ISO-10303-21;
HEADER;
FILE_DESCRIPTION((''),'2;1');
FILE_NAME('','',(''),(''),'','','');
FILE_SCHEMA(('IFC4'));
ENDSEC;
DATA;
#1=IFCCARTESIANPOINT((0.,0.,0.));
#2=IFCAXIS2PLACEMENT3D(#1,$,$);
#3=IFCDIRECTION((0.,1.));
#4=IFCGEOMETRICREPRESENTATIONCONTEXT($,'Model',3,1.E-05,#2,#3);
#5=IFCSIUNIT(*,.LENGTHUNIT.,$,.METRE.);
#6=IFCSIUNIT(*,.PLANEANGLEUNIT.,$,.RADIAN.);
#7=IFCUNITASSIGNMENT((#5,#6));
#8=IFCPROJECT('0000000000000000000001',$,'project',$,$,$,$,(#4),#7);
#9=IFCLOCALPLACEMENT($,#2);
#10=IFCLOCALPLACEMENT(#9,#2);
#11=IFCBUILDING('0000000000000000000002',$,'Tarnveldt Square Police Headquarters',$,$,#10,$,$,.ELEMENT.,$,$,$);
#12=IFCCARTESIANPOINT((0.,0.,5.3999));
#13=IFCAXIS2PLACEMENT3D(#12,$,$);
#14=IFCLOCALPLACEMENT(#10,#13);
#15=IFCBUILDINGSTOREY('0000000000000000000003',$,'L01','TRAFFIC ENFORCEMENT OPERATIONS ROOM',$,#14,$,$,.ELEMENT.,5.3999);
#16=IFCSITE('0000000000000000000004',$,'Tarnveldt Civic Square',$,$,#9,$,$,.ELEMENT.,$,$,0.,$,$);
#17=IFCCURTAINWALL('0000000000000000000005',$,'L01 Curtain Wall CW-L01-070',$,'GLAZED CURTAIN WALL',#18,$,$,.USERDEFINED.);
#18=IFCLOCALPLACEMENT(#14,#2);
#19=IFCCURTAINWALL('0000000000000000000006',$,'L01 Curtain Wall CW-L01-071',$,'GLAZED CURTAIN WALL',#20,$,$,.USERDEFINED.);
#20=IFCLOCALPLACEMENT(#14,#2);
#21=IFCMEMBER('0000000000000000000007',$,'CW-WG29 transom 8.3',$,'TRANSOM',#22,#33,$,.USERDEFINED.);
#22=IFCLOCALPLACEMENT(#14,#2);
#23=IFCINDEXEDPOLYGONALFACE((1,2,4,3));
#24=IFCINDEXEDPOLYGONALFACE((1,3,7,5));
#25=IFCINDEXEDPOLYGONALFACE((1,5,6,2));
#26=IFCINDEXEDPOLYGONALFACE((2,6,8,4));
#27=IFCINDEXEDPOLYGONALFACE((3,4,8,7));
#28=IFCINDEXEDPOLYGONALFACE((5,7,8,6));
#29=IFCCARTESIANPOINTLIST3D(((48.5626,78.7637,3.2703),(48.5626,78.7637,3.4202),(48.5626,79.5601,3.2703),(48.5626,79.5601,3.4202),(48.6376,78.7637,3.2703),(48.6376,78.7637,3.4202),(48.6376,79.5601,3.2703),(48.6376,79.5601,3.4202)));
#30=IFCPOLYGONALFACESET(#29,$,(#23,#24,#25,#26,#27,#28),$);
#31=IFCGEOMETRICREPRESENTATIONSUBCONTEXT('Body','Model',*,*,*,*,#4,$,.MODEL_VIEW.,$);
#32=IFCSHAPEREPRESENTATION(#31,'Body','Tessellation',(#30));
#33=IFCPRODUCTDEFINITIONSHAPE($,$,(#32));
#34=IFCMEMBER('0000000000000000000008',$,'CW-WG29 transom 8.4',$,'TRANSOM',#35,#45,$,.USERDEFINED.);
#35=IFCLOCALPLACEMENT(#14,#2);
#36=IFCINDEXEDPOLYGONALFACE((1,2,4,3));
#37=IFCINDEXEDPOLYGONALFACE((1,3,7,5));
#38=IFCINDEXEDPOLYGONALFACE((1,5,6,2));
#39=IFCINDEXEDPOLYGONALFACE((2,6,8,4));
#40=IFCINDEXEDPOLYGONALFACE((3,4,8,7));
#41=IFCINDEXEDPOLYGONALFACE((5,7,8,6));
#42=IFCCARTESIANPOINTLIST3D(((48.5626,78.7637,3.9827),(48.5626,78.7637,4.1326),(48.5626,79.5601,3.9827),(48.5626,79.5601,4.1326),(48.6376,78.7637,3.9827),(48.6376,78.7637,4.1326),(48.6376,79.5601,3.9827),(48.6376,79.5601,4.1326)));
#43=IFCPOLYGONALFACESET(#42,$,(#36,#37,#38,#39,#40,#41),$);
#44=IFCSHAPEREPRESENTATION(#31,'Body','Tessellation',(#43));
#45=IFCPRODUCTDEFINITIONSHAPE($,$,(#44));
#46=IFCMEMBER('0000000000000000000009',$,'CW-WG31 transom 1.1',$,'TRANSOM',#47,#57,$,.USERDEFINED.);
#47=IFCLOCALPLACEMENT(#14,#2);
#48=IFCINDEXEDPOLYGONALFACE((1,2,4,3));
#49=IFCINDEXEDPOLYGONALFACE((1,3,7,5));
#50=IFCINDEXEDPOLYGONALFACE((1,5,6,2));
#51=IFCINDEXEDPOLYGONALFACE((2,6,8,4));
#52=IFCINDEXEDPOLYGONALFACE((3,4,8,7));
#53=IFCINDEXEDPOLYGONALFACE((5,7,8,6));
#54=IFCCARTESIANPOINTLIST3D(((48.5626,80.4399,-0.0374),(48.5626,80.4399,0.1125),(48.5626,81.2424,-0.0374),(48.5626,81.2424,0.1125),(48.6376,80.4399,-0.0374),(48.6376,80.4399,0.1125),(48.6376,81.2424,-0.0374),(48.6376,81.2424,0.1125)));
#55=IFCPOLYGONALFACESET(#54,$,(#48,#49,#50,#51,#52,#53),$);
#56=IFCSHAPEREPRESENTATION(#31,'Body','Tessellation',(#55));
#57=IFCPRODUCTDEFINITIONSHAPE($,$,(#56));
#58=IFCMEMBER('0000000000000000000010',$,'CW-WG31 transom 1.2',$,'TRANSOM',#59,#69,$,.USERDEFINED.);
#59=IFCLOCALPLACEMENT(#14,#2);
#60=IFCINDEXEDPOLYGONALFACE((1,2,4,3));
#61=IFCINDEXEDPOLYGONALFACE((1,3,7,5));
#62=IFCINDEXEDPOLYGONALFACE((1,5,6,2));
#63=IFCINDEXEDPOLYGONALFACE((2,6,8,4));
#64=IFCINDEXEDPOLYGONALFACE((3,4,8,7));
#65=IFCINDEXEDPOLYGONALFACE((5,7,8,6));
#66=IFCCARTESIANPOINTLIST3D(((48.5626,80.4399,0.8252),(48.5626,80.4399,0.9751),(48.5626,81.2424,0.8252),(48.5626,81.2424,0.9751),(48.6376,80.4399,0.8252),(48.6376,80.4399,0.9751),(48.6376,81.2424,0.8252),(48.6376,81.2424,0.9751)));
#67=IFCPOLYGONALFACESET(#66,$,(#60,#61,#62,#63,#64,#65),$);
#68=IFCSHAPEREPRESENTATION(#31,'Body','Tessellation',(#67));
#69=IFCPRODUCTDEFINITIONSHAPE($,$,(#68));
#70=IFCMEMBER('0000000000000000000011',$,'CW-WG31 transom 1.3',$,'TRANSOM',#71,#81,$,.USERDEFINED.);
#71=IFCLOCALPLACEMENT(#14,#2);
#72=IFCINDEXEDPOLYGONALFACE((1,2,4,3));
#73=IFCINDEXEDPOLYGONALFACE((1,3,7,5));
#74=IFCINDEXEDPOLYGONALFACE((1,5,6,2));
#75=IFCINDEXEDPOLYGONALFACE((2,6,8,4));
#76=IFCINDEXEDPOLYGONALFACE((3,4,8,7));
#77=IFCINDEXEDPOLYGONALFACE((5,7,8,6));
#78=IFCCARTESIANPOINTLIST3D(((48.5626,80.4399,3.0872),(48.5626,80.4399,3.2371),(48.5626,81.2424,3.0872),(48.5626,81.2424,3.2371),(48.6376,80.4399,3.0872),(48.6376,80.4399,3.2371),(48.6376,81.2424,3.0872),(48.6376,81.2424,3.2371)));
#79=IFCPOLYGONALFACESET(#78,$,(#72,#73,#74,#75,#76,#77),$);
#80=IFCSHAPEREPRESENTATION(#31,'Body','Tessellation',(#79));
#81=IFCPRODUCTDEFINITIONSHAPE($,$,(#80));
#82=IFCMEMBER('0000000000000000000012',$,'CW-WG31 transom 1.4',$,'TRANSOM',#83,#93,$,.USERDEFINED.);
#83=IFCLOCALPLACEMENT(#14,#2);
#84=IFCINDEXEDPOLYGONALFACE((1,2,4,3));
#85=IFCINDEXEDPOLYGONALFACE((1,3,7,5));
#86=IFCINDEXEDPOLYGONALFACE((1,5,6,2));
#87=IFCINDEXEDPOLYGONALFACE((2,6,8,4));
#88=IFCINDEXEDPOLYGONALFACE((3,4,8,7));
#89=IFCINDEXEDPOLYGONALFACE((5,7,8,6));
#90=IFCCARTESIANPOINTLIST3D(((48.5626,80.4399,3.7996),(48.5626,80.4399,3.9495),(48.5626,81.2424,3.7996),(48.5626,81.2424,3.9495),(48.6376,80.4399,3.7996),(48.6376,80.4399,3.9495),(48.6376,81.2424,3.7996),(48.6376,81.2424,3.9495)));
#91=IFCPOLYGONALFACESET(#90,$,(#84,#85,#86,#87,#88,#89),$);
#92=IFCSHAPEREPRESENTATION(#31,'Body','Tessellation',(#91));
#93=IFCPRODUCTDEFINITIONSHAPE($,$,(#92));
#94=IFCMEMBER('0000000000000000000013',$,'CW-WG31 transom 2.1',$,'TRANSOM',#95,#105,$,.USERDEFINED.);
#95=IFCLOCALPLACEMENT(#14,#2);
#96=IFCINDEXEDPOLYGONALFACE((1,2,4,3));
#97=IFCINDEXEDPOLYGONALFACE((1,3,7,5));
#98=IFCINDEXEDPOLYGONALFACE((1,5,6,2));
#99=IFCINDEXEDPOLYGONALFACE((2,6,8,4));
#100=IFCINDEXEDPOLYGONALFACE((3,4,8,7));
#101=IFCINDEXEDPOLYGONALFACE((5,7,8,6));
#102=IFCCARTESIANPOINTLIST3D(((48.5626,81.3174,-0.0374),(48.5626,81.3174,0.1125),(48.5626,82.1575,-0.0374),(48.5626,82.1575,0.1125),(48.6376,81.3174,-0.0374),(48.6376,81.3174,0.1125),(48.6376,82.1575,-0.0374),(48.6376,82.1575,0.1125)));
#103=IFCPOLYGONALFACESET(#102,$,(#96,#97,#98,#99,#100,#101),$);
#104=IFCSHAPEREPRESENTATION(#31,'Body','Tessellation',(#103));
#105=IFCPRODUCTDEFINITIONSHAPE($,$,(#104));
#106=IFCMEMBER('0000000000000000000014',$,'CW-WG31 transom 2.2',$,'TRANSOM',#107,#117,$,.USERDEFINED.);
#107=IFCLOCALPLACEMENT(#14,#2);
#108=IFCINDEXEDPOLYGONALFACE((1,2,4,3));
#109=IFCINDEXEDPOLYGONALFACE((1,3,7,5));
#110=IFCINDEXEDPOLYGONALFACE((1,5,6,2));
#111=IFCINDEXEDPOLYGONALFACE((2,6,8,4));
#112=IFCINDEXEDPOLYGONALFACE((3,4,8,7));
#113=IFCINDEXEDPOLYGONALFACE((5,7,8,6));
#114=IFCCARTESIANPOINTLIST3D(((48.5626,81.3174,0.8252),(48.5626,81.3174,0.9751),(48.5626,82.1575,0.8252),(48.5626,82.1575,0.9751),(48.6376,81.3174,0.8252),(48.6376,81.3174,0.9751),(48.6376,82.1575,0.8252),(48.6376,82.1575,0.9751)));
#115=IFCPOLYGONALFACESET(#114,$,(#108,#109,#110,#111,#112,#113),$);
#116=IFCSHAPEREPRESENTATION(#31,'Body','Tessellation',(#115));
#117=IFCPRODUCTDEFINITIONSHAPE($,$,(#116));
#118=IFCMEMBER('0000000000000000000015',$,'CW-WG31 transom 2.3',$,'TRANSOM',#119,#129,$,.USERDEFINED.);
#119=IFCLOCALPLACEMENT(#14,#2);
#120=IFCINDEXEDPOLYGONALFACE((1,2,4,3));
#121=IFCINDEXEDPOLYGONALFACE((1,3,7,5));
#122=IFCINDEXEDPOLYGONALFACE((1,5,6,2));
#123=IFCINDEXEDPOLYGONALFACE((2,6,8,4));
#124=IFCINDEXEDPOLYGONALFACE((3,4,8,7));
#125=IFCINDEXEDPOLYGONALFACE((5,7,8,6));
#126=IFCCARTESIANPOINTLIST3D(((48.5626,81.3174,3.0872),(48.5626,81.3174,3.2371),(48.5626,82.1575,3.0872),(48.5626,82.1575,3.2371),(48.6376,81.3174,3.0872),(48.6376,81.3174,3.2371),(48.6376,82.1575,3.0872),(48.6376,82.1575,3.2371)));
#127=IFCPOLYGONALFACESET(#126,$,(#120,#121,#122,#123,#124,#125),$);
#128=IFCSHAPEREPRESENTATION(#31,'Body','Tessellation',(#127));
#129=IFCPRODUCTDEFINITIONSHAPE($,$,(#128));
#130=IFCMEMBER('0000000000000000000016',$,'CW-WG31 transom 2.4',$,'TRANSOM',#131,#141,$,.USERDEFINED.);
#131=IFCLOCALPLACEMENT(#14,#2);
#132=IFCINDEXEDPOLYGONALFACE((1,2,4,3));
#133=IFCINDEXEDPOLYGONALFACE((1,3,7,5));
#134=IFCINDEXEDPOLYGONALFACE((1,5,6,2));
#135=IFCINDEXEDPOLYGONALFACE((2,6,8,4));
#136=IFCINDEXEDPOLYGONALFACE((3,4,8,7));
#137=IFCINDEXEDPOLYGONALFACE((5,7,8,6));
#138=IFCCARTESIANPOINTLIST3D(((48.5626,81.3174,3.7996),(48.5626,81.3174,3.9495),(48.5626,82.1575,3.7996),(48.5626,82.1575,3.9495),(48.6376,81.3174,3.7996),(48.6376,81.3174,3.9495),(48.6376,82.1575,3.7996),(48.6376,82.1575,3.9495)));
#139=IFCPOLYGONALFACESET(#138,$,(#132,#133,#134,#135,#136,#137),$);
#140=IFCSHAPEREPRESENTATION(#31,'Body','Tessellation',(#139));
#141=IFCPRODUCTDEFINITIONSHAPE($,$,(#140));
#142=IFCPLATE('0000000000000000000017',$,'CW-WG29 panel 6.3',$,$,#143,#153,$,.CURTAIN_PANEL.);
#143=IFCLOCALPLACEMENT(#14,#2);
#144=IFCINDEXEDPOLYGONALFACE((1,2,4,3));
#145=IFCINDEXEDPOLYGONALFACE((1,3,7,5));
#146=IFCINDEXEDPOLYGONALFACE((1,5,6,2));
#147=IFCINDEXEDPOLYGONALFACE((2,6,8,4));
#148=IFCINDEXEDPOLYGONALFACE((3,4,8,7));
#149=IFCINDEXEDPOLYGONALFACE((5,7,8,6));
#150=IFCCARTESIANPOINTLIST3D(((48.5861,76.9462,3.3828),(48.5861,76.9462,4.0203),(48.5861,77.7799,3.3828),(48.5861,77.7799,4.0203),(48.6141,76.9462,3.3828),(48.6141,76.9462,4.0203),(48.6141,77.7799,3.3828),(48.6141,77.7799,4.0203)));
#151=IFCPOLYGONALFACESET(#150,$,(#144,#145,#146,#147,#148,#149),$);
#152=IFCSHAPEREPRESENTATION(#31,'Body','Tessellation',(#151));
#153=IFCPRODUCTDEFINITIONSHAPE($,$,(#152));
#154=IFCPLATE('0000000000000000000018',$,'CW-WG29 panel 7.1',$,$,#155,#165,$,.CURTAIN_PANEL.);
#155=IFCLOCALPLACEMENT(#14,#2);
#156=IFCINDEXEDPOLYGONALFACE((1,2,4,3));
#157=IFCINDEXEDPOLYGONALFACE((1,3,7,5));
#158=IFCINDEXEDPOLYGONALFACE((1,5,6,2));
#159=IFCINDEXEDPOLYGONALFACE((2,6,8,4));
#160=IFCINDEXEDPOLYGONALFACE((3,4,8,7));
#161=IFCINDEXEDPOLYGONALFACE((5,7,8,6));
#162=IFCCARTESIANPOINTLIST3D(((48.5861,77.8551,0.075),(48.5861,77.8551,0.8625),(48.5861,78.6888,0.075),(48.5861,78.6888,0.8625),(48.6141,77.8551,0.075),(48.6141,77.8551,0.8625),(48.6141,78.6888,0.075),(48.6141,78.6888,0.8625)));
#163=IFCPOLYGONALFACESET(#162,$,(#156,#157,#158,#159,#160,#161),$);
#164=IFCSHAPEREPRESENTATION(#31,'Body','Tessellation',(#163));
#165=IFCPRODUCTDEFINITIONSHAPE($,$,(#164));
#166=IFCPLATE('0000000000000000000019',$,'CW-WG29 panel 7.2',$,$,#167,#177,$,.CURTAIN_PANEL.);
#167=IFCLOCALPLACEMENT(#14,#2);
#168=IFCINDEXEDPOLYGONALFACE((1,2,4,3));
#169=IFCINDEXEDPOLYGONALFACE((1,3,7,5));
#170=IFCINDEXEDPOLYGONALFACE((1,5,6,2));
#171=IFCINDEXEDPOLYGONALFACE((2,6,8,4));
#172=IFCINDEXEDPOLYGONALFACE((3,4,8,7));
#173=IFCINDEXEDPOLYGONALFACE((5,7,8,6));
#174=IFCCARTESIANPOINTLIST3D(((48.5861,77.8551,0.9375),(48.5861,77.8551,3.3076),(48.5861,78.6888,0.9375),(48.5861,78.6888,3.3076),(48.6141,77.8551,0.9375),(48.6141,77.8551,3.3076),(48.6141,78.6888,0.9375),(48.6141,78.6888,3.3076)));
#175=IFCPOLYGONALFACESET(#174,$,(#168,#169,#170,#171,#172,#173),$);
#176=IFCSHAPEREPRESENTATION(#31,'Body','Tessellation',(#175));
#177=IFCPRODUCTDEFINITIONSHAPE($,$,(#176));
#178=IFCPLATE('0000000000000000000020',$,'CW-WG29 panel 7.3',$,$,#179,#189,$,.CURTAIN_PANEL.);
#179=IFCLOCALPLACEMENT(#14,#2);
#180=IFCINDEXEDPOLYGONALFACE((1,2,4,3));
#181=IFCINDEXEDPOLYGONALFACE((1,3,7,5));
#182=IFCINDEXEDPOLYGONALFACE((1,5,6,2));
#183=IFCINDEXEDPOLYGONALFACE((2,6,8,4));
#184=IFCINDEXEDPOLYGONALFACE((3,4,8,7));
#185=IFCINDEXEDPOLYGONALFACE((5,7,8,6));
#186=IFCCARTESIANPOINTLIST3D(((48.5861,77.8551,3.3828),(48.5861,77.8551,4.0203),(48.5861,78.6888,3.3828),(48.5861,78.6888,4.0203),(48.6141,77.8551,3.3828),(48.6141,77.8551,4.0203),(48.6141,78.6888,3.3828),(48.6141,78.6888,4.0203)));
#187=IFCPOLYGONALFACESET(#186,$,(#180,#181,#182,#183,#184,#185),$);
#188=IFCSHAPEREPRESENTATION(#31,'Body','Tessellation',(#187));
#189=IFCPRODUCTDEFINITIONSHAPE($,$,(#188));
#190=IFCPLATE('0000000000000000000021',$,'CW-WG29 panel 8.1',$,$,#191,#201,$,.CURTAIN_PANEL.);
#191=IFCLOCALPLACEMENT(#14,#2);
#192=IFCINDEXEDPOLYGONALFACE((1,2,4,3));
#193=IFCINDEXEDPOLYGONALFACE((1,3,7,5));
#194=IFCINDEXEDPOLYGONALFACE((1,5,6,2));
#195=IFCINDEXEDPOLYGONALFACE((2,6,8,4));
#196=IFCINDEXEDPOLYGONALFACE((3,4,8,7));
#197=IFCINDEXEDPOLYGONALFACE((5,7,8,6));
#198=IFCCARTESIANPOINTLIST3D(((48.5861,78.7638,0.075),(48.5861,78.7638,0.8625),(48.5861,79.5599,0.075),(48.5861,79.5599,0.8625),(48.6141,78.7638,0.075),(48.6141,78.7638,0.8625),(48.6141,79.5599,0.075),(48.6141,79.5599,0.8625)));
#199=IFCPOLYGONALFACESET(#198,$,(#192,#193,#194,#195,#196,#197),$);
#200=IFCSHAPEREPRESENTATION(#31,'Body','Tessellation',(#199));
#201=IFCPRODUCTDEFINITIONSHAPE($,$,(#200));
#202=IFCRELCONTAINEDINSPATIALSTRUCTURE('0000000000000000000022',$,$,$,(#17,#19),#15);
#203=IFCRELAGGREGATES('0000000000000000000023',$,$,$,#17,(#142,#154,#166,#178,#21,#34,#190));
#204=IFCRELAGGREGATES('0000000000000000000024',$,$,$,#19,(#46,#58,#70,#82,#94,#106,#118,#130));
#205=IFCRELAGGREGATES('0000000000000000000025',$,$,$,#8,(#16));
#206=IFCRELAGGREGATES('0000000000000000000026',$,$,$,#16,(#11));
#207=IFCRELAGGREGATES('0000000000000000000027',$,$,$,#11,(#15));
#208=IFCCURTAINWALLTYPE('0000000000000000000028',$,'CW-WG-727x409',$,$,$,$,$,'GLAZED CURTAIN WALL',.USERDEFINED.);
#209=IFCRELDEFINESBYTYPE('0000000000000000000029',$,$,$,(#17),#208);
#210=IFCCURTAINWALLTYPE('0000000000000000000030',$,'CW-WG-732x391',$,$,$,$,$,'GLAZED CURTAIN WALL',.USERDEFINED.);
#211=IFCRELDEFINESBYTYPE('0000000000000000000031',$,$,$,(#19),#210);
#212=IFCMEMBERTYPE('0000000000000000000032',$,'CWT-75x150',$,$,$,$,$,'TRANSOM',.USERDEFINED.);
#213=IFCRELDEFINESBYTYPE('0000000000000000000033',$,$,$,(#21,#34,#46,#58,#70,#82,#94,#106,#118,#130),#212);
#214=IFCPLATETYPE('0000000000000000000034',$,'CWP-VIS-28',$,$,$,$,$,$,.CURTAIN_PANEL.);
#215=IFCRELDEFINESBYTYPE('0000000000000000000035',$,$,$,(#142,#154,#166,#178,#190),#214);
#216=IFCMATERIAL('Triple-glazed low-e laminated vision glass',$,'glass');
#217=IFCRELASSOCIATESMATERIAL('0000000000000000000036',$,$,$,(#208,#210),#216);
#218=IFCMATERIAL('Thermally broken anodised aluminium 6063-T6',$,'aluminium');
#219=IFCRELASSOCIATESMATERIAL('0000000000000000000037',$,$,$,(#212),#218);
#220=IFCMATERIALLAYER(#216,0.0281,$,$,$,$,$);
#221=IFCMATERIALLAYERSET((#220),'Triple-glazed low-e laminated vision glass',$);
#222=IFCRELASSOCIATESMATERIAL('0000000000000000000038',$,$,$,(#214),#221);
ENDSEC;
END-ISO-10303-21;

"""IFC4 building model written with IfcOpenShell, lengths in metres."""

from ifc_helpers import new_model, si_unit, direction, frame, origin, origin_2d, place, context, subcontext, project, spatial, rectangle, extrude, material, layer, layer_set, material_profile, profile_set, type_object, element, aggregate, save


model = new_model("IFC4")

# Units and contexts
model_context = context("Model", 3, precision=1e-05, world=origin(), true_north=direction((0.0, 1.0)))
body_context = subcontext(model_context, "Body", "Model", "MODEL_VIEW")
ifc_project = project(units=[si_unit("LENGTHUNIT", "METRE"), si_unit("PLANEANGLEUNIT", "RADIAN")], contexts=[model_context])

# Site, building, storey
site_placement = place(None, origin())
site = spatial("IfcSite", under=ifc_project, at=site_placement, Name="Tarnveldt Civic Square", CompositionType="ELEMENT", RefElevation=0.0)
building_placement = place(site_placement, origin())
building = spatial("IfcBuilding", under=site, at=building_placement, Name="Tarnveldt Square Police Headquarters", CompositionType="ELEMENT")
storey_placement = place(building_placement, frame((0.0, 0.0, 5.3999)))
storey = spatial("IfcBuildingStorey", under=building, at=storey_placement, Name="L01", Description="TRAFFIC ENFORCEMENT OPERATIONS ROOM", CompositionType="ELEMENT", Elevation=5.3999)

# Curtain walls
ifc_material_1 = material(Name="Triple-glazed low-e laminated vision glass", Category="glass")
curtain_wall_type_1 = type_object("IfcCurtainWallType", Name="CW-WG-727x409", ElementType="GLAZED CURTAIN WALL", PredefinedType="USERDEFINED", material=ifc_material_1)
curtain_wall_1_placement = place(storey_placement, origin())
curtain_wall_1 = element("IfcCurtainWall", 1, at=curtain_wall_1_placement, inside=storey, type_object=curtain_wall_type_1, Name="L01 Curtain Wall CW-L01-070", ObjectType="GLAZED CURTAIN WALL", PredefinedType="USERDEFINED")
ifc_material_2 = material(Name="Thermally broken anodised aluminium 6063-T6", Category="aluminium")
curtain_wall_type_2 = type_object("IfcCurtainWallType", Name="CW-WG-732x391", ElementType="GLAZED CURTAIN WALL", PredefinedType="USERDEFINED", material=ifc_material_1)
curtain_wall_2_placement = place(storey_placement, origin())
curtain_wall_2 = element("IfcCurtainWall", 2, at=curtain_wall_2_placement, inside=storey, type_object=curtain_wall_type_2, Name="L01 Curtain Wall CW-L01-071", ObjectType="GLAZED CURTAIN WALL", PredefinedType="USERDEFINED")

# Members
ifc_material_profile_1 = material_profile(ifc_material_2, rectangle(XDim=0.075, YDim=0.1499, at=origin_2d()), Name="CW-T75x150")
ifc_profile_set_1 = profile_set([ifc_material_profile_1], Name="Thermally broken anodised aluminium 6063-T6")
member_type_1 = type_object("IfcMemberType", Name="CWT-75x150", ElementType="TRANSOM", PredefinedType="USERDEFINED", material=ifc_profile_set_1)
member_1_placement = place(storey_placement, frame((48.6001, 78.7637, 3.3452), z_axis=(0.0, 1.0, 0.0), x_axis=(-1.0, 0.0, 0.0)))
member_1 = element("IfcMember", 3, at=member_1_placement, type_object=member_type_1, Name="CW-WG29 transom 8.3", ObjectType="TRANSOM", PredefinedType="USERDEFINED", context=body_context, shape_type="SweptSolid", body=[
    extrude(rectangle(XDim=0.075, YDim=0.1499, at=origin_2d()), origin(), (0.0, 0.0, 1.0), 0.7964),
])
member_2_placement = place(storey_placement, frame((48.6001, 78.7637, 4.0576), z_axis=(0.0, 1.0, 0.0), x_axis=(-1.0, 0.0, 0.0)))
member_2 = element("IfcMember", 4, at=member_2_placement, type_object=member_type_1, Name="CW-WG29 transom 8.4", ObjectType="TRANSOM", PredefinedType="USERDEFINED", context=body_context, shape_type="SweptSolid", body=[
    extrude(rectangle(XDim=0.075, YDim=0.1499, at=origin_2d()), origin(), (0.0, 0.0, 1.0), 0.7964),
])
member_3_placement = place(storey_placement, frame((48.6001, 80.4399, 0.0376), z_axis=(0.0, 1.0, 0.0), x_axis=(-1.0, 0.0, 0.0)))
member_3 = element("IfcMember", 5, at=member_3_placement, type_object=member_type_1, Name="CW-WG31 transom 1.1", ObjectType="TRANSOM", PredefinedType="USERDEFINED", context=body_context, shape_type="SweptSolid", body=[
    extrude(rectangle(XDim=0.075, YDim=0.1499, at=origin_2d()), origin(), (0.0, 0.0, 1.0), 0.8025),
])
member_4_placement = place(storey_placement, frame((48.6001, 80.4399, 0.9001), z_axis=(0.0, 1.0, 0.0), x_axis=(-1.0, 0.0, 0.0)))
member_4 = element("IfcMember", 6, at=member_4_placement, type_object=member_type_1, Name="CW-WG31 transom 1.2", ObjectType="TRANSOM", PredefinedType="USERDEFINED", context=body_context, shape_type="SweptSolid", body=[
    extrude(rectangle(XDim=0.075, YDim=0.1499, at=origin_2d()), origin(), (0.0, 0.0, 1.0), 0.8025),
])
member_5_placement = place(storey_placement, frame((48.6001, 80.4399, 3.1621), z_axis=(0.0, 1.0, 0.0), x_axis=(-1.0, 0.0, 0.0)))
member_5 = element("IfcMember", 7, at=member_5_placement, type_object=member_type_1, Name="CW-WG31 transom 1.3", ObjectType="TRANSOM", PredefinedType="USERDEFINED", context=body_context, shape_type="SweptSolid", body=[
    extrude(rectangle(XDim=0.075, YDim=0.1499, at=origin_2d()), origin(), (0.0, 0.0, 1.0), 0.8025),
])
member_6_placement = place(storey_placement, frame((48.6001, 80.4399, 3.8745), z_axis=(0.0, 1.0, 0.0), x_axis=(-1.0, 0.0, 0.0)))
member_6 = element("IfcMember", 8, at=member_6_placement, type_object=member_type_1, Name="CW-WG31 transom 1.4", ObjectType="TRANSOM", PredefinedType="USERDEFINED", context=body_context, shape_type="SweptSolid", body=[
    extrude(rectangle(XDim=0.075, YDim=0.1499, at=origin_2d()), origin(), (0.0, 0.0, 1.0), 0.8025),
])
member_7_placement = place(storey_placement, frame((48.6001, 81.3174, 0.0376), z_axis=(0.0, 1.0, 0.0), x_axis=(-1.0, 0.0, 0.0)))
member_7 = element("IfcMember", 9, at=member_7_placement, type_object=member_type_1, Name="CW-WG31 transom 2.1", ObjectType="TRANSOM", PredefinedType="USERDEFINED", context=body_context, shape_type="SweptSolid", body=[
    extrude(rectangle(XDim=0.075, YDim=0.1499, at=origin_2d()), origin(), (0.0, 0.0, 1.0), 0.8401),
])
member_8_placement = place(storey_placement, frame((48.6001, 81.3174, 0.9001), z_axis=(0.0, 1.0, 0.0), x_axis=(-1.0, 0.0, 0.0)))
member_8 = element("IfcMember", 10, at=member_8_placement, type_object=member_type_1, Name="CW-WG31 transom 2.2", ObjectType="TRANSOM", PredefinedType="USERDEFINED", context=body_context, shape_type="SweptSolid", body=[
    extrude(rectangle(XDim=0.075, YDim=0.1499, at=origin_2d()), origin(), (0.0, 0.0, 1.0), 0.8401),
])
member_9_placement = place(storey_placement, frame((48.6001, 81.3174, 3.1621), z_axis=(0.0, 1.0, 0.0), x_axis=(-1.0, 0.0, 0.0)))
member_9 = element("IfcMember", 11, at=member_9_placement, type_object=member_type_1, Name="CW-WG31 transom 2.3", ObjectType="TRANSOM", PredefinedType="USERDEFINED", context=body_context, shape_type="SweptSolid", body=[
    extrude(rectangle(XDim=0.075, YDim=0.1499, at=origin_2d()), origin(), (0.0, 0.0, 1.0), 0.8401),
])
member_10_placement = place(storey_placement, frame((48.6001, 81.3174, 3.8745), z_axis=(0.0, 1.0, 0.0), x_axis=(-1.0, 0.0, 0.0)))
member_10 = element("IfcMember", 12, at=member_10_placement, type_object=member_type_1, Name="CW-WG31 transom 2.4", ObjectType="TRANSOM", PredefinedType="USERDEFINED", context=body_context, shape_type="SweptSolid", body=[
    extrude(rectangle(XDim=0.075, YDim=0.1499, at=origin_2d()), origin(), (0.0, 0.0, 1.0), 0.8401),
])

# Plates
ifc_layer = layer(ifc_material_1, 0.0281)
ifc_layer_set = layer_set([ifc_layer], Name="Triple-glazed low-e laminated vision glass")
plate_type = type_object("IfcPlateType", Name="CWP-VIS-28", PredefinedType="CURTAIN_PANEL", material=ifc_layer_set)
plate_1_placement = place(storey_placement, frame((48.6001, 77.363, 3.3828), z_axis=(0.0, 0.0, 1.0), x_axis=(0.0, 1.0, 0.0)))
plate_1 = element("IfcPlate", 13, at=plate_1_placement, type_object=plate_type, Name="CW-WG29 panel 6.3", PredefinedType="CURTAIN_PANEL", context=body_context, shape_type="SweptSolid", body=[
    extrude(rectangle(XDim=0.8337, YDim=0.0281, at=origin_2d()), origin(), (0.0, 0.0, 1.0), 0.6375),
])
plate_2_placement = place(storey_placement, frame((48.6001, 78.272, 0.075), z_axis=(0.0, 0.0, 1.0), x_axis=(0.0, 1.0, 0.0)))
plate_2 = element("IfcPlate", 14, at=plate_2_placement, type_object=plate_type, Name="CW-WG29 panel 7.1", PredefinedType="CURTAIN_PANEL", context=body_context, shape_type="SweptSolid", body=[
    extrude(rectangle(XDim=0.8337, YDim=0.0281, at=origin_2d()), origin(), (0.0, 0.0, 1.0), 0.7876),
])
plate_3_placement = place(storey_placement, frame((48.6001, 78.272, 0.9375), z_axis=(0.0, 0.0, 1.0), x_axis=(0.0, 1.0, 0.0)))
plate_3 = element("IfcPlate", 15, at=plate_3_placement, type_object=plate_type, Name="CW-WG29 panel 7.2", PredefinedType="CURTAIN_PANEL", context=body_context, shape_type="SweptSolid", body=[
    extrude(rectangle(XDim=0.8337, YDim=0.0281, at=origin_2d()), origin(), (0.0, 0.0, 1.0), 2.3701),
])
plate_4_placement = place(storey_placement, frame((48.6001, 78.272, 3.3828), z_axis=(0.0, 0.0, 1.0), x_axis=(0.0, 1.0, 0.0)))
plate_4 = element("IfcPlate", 16, at=plate_4_placement, type_object=plate_type, Name="CW-WG29 panel 7.3", PredefinedType="CURTAIN_PANEL", context=body_context, shape_type="SweptSolid", body=[
    extrude(rectangle(XDim=0.8337, YDim=0.0281, at=origin_2d()), origin(), (0.0, 0.0, 1.0), 0.6375),
])
plate_5_placement = place(storey_placement, frame((48.6001, 79.1619, 0.075), z_axis=(0.0, 0.0, 1.0), x_axis=(0.0, 1.0, 0.0)))
plate_5 = element("IfcPlate", 17, at=plate_5_placement, type_object=plate_type, Name="CW-WG29 panel 8.1", PredefinedType="CURTAIN_PANEL", context=body_context, shape_type="SweptSolid", body=[
    extrude(rectangle(XDim=0.7961, YDim=0.0281, at=origin_2d()), origin(), (0.0, 0.0, 1.0), 0.7876),
])
aggregate(curtain_wall_1, [plate_1, plate_2, plate_3, plate_4, member_1, member_2, plate_5])
aggregate(curtain_wall_2, [member_3, member_4, member_5, member_6, member_7, member_8, member_9, member_10])

save(model, "model.ifc")
